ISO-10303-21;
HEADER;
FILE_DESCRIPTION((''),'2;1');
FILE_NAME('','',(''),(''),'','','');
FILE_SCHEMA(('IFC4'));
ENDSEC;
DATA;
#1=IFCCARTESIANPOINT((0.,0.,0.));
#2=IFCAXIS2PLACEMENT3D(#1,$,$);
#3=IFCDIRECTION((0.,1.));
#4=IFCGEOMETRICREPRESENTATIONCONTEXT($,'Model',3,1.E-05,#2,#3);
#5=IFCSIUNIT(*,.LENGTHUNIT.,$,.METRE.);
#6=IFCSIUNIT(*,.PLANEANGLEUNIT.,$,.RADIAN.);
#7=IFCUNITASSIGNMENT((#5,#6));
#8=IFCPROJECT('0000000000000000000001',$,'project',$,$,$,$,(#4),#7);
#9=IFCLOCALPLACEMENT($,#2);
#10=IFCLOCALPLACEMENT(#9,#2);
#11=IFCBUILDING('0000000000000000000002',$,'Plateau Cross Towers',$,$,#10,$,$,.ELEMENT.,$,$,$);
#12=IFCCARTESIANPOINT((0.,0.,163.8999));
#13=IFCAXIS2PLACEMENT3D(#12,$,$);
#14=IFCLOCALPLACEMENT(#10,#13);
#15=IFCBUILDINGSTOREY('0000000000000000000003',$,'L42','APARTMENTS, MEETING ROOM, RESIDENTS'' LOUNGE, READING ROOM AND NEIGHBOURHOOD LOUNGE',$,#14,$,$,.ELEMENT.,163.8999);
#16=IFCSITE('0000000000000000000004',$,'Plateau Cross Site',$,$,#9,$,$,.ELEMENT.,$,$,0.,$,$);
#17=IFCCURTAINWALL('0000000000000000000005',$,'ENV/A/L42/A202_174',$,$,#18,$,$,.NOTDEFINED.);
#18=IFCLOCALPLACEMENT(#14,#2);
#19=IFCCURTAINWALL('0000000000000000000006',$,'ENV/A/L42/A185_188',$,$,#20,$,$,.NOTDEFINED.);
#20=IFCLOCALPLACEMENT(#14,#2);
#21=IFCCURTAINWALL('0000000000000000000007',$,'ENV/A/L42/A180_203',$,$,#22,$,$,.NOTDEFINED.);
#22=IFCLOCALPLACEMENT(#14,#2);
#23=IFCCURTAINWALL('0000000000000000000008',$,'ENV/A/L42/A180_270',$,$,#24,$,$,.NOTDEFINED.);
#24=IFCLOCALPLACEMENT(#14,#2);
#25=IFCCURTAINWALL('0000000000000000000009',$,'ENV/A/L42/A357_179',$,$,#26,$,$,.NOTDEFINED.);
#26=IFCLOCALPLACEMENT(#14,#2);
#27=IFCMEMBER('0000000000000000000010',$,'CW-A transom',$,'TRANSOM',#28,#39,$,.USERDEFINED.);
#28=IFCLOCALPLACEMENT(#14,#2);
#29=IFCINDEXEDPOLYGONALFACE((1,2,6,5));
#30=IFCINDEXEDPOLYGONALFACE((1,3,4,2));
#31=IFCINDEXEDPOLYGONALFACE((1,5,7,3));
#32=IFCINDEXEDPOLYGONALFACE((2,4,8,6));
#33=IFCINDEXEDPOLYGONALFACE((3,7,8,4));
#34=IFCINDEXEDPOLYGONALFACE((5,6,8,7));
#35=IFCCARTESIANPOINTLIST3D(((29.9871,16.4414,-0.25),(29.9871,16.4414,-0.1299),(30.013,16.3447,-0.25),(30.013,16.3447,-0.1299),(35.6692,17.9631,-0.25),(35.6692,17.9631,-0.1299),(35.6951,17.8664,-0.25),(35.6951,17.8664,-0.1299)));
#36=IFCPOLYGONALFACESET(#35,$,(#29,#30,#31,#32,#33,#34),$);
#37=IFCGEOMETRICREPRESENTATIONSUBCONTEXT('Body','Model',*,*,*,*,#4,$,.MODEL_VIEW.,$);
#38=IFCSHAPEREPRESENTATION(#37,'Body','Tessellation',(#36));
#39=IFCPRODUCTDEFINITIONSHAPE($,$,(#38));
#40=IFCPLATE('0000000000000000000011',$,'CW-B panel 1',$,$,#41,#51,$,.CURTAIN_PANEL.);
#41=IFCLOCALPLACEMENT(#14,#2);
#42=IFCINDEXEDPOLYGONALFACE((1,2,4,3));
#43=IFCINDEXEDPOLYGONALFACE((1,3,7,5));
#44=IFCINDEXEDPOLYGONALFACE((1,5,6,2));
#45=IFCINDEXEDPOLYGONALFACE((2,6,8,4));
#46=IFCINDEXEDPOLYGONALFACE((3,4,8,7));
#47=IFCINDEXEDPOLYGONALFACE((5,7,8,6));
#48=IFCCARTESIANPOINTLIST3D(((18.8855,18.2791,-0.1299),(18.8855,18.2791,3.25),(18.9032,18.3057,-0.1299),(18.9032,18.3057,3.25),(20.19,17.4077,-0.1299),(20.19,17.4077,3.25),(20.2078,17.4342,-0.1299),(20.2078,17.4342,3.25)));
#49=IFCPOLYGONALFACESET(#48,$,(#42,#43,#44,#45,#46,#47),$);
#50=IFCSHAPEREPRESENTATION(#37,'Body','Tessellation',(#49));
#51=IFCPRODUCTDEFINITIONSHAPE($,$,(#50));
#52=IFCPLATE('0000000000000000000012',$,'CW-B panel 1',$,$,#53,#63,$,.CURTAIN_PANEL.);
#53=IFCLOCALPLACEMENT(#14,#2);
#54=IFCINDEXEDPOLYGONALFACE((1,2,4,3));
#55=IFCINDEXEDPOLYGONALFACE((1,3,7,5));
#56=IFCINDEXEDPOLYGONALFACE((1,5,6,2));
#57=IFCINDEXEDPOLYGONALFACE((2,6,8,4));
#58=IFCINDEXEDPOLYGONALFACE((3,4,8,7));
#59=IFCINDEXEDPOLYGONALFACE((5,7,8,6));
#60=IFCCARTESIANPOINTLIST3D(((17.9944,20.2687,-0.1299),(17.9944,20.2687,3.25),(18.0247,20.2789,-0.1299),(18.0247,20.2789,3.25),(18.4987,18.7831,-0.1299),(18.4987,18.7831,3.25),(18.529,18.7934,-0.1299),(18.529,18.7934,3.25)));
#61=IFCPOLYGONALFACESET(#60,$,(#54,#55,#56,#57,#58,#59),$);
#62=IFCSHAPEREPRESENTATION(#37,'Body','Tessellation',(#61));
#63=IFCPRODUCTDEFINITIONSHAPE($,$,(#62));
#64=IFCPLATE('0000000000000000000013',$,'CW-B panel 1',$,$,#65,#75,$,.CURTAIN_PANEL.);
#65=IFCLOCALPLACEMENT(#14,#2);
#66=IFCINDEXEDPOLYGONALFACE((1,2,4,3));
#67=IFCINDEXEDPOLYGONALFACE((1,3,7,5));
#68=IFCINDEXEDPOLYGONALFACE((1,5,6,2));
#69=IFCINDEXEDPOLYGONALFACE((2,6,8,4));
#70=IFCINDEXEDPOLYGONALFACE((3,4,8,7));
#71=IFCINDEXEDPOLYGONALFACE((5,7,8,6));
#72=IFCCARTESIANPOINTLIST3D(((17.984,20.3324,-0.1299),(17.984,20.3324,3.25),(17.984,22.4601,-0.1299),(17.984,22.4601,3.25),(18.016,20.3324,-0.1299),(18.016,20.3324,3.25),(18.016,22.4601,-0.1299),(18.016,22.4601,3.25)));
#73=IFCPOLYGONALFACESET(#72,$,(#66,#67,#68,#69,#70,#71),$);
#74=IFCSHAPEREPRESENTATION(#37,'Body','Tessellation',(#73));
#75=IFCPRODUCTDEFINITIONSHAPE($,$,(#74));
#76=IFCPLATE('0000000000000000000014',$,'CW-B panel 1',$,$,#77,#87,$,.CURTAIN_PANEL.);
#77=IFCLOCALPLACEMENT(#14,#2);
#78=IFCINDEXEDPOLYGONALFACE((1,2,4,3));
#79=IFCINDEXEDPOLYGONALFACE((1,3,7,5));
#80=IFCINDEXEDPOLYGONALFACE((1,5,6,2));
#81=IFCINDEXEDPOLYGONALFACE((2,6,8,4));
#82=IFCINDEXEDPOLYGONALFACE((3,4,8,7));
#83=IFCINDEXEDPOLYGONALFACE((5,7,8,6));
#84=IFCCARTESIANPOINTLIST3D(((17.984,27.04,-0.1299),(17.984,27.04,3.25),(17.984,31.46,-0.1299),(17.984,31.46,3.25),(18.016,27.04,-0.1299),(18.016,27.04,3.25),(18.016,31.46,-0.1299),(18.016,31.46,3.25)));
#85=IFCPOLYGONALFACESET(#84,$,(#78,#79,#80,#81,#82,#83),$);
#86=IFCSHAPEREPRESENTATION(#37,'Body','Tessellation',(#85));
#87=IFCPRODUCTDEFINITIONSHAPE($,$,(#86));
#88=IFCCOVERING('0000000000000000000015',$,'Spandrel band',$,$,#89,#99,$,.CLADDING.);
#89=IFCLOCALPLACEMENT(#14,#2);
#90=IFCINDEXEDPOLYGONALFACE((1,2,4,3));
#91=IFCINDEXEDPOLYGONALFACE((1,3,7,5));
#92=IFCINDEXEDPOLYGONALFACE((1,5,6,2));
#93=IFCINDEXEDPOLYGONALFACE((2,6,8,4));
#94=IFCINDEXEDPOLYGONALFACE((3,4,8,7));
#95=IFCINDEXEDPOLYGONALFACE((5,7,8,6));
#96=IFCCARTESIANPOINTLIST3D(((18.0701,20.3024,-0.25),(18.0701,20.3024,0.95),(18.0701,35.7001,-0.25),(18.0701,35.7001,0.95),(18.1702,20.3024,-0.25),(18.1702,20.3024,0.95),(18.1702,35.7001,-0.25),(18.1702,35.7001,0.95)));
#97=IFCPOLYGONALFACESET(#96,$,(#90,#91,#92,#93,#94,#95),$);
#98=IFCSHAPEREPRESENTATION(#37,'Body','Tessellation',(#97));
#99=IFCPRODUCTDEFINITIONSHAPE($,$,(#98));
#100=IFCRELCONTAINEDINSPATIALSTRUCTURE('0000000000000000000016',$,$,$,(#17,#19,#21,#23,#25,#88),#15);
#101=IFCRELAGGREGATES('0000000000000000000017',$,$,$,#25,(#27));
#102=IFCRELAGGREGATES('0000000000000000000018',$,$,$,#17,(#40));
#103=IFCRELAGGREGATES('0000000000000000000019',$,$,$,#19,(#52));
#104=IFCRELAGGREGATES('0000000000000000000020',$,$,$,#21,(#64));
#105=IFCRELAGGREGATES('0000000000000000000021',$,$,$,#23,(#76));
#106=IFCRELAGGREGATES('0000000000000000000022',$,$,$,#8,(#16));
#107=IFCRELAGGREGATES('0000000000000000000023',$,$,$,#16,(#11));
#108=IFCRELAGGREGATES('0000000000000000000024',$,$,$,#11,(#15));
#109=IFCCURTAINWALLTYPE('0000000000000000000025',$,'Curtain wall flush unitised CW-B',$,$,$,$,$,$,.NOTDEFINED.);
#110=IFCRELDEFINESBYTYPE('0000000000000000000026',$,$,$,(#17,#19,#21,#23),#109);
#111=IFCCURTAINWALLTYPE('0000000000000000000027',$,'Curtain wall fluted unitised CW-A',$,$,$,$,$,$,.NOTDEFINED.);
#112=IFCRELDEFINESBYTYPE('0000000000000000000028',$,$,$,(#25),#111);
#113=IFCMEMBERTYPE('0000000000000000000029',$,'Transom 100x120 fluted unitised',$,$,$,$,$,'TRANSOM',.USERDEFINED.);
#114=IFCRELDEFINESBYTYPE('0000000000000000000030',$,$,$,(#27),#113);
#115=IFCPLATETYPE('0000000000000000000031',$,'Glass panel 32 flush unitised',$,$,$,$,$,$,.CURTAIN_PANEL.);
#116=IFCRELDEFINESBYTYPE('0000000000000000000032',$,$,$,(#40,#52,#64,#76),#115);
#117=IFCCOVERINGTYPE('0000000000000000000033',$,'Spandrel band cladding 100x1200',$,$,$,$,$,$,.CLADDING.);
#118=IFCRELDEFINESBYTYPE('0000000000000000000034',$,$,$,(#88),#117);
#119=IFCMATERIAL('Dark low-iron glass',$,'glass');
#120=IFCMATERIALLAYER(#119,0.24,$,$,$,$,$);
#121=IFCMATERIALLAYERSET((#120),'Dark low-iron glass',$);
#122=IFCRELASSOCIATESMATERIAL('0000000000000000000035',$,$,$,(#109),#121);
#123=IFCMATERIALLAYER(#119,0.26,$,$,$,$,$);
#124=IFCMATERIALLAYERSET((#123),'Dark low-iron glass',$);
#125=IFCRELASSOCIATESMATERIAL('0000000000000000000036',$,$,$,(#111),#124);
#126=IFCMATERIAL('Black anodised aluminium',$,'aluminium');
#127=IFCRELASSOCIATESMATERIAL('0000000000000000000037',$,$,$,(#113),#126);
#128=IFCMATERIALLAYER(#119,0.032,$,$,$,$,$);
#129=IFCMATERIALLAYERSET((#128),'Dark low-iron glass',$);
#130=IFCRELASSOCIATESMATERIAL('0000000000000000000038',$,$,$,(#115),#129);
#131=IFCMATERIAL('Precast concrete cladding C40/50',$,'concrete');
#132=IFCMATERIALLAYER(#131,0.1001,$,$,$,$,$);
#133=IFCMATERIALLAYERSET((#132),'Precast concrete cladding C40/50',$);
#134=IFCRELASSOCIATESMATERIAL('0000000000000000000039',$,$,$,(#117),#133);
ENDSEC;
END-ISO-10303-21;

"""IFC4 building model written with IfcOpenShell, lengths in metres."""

from ifc_helpers import new_model, si_unit, direction, frame, origin, origin_2d, place, context, subcontext, project, spatial, rectangle, extrude, material, layer, layer_set, material_profile, profile_set, type_object, element, aggregate, save


model = new_model("IFC4")

# Units and contexts
model_context = context("Model", 3, precision=1e-05, world=origin(), true_north=direction((0.0, 1.0)))
body_context = subcontext(model_context, "Body", "Model", "MODEL_VIEW")
ifc_project = project(units=[si_unit("LENGTHUNIT", "METRE"), si_unit("PLANEANGLEUNIT", "RADIAN")], contexts=[model_context])

# Site, building, storey
site_placement = place(None, origin())
site = spatial("IfcSite", under=ifc_project, at=site_placement, Name="Plateau Cross Site", CompositionType="ELEMENT", RefElevation=0.0)
building_placement = place(site_placement, origin())
building = spatial("IfcBuilding", under=site, at=building_placement, Name="Plateau Cross Towers", CompositionType="ELEMENT")
storey_placement = place(building_placement, frame((0.0, 0.0, 163.8999)))
storey = spatial("IfcBuildingStorey", under=building, at=storey_placement, Name="L42", Description="APARTMENTS, MEETING ROOM, RESIDENTS' LOUNGE, READING ROOM AND NEIGHBOURHOOD LOUNGE", CompositionType="ELEMENT", Elevation=163.8999)

# Curtain wall
ifc_material_1 = material(Name="Dark low-iron glass", Category="glass")
ifc_layer_1 = layer(ifc_material_1, 0.24)
ifc_layer_set_1 = layer_set([ifc_layer_1], Name="Dark low-iron glass")
curtain_wall_type_1 = type_object("IfcCurtainWallType", Name="Curtain wall flush unitised CW-B", PredefinedType="NOTDEFINED", material=ifc_layer_set_1)
curtain_wall_1_placement = place(storey_placement, origin())
curtain_wall_1 = element("IfcCurtainWall", 1, at=curtain_wall_1_placement, inside=storey, type_object=curtain_wall_type_1, Name="ENV/A/L42/A202_174", PredefinedType="NOTDEFINED")
ifc_material_2 = material(Name="Black anodised aluminium", Category="aluminium")

# Curtain wall
curtain_wall_2_placement = place(storey_placement, origin())
curtain_wall_2 = element("IfcCurtainWall", 2, at=curtain_wall_2_placement, inside=storey, type_object=curtain_wall_type_1, Name="ENV/A/L42/A185_188", PredefinedType="NOTDEFINED")

# Curtain walls
curtain_wall_3_placement = place(storey_placement, origin())
curtain_wall_3 = element("IfcCurtainWall", 3, at=curtain_wall_3_placement, inside=storey, type_object=curtain_wall_type_1, Name="ENV/A/L42/A180_203", PredefinedType="NOTDEFINED")
curtain_wall_4_placement = place(storey_placement, origin())
curtain_wall_4 = element("IfcCurtainWall", 4, at=curtain_wall_4_placement, inside=storey, type_object=curtain_wall_type_1, Name="ENV/A/L42/A180_270", PredefinedType="NOTDEFINED")

# Curtain wall
ifc_layer_2 = layer(ifc_material_1, 0.26)
ifc_layer_set_2 = layer_set([ifc_layer_2], Name="Dark low-iron glass")
curtain_wall_type_2 = type_object("IfcCurtainWallType", Name="Curtain wall fluted unitised CW-A", PredefinedType="NOTDEFINED", material=ifc_layer_set_2)
curtain_wall_5_placement = place(storey_placement, origin())
curtain_wall_5 = element("IfcCurtainWall", 5, at=curtain_wall_5_placement, inside=storey, type_object=curtain_wall_type_2, Name="ENV/A/L42/A357_179", PredefinedType="NOTDEFINED")

# Member
ifc_material_profile_1 = material_profile(ifc_material_2, rectangle(XDim=0.1001, YDim=0.1201, at=origin_2d()), Name="TRANSOM 100x120")
ifc_profile_set_1 = profile_set([ifc_material_profile_1], Name="Black anodised aluminium")
member_type_1 = type_object("IfcMemberType", Name="Transom 100x120 fluted unitised", ElementType="TRANSOM", PredefinedType="USERDEFINED", material=ifc_profile_set_1)
member_1_placement = place(storey_placement, frame((35.6821, 17.9148, -0.1899), z_axis=(-0.96596, -0.258693, 0.0), x_axis=(0.258693, -0.96596, 0.0)))
member_1 = element("IfcMember", 6, at=member_1_placement, type_object=member_type_1, Name="CW-A transom", ObjectType="TRANSOM", PredefinedType="USERDEFINED", context=body_context, shape_type="SweptSolid", body=[
    extrude(rectangle(XDim=0.1001, YDim=0.1201, at=origin_2d()), origin(), (0.0, 0.0, 1.0), 5.8823),
])
aggregate(curtain_wall_5, [member_1])

# Plates
ifc_layer_3 = layer(ifc_material_1, 0.032)
ifc_layer_set_3 = layer_set([ifc_layer_3], Name="Dark low-iron glass")
plate_type = type_object("IfcPlateType", Name="Glass panel 32 flush unitised", PredefinedType="CURTAIN_PANEL", material=ifc_layer_set_3)
plate_1_placement = place(storey_placement, frame((19.5466, 17.8567, -0.1299), z_axis=(0.0, 0.0, 1.0), x_axis=(-0.831521, 0.555493, 0.0)))
plate_1 = element("IfcPlate", 7, at=plate_1_placement, type_object=plate_type, Name="CW-B panel 1", PredefinedType="CURTAIN_PANEL", context=body_context, shape_type="SweptSolid", body=[
    extrude(rectangle(XDim=1.5688, YDim=0.032, at=origin_2d()), origin(), (0.0, 0.0, 1.0), 3.3799),
])
aggregate(curtain_wall_1, [plate_1])
plate_2_placement = place(storey_placement, frame((18.2617, 19.531, -0.1299), z_axis=(0.0, 0.0, 1.0), x_axis=(-0.321469, 0.94692, 0.0)))
plate_2 = element("IfcPlate", 8, at=plate_2_placement, type_object=plate_type, Name="CW-B panel 1", PredefinedType="CURTAIN_PANEL", context=body_context, shape_type="SweptSolid", body=[
    extrude(rectangle(XDim=1.5688, YDim=0.032, at=origin_2d()), origin(), (0.0, 0.0, 1.0), 3.3799),
])
aggregate(curtain_wall_2, [plate_2])
plate_3_placement = place(storey_placement, frame((18.0, 21.3962, -0.1299), z_axis=(0.0, 0.0, 1.0), x_axis=(0.0, 1.0, 0.0)))
plate_3 = element("IfcPlate", 9, at=plate_3_placement, type_object=plate_type, Name="CW-B panel 1", PredefinedType="CURTAIN_PANEL", context=body_context, shape_type="SweptSolid", body=[
    extrude(rectangle(XDim=2.1277, YDim=0.032, at=origin_2d()), origin(), (0.0, 0.0, 1.0), 3.3799),
])
aggregate(curtain_wall_3, [plate_3])
plate_4_placement = place(storey_placement, frame((18.0, 29.25, -0.1299), z_axis=(0.0, 0.0, 1.0), x_axis=(0.0, 1.0, 0.0)))
plate_4 = element("IfcPlate", 10, at=plate_4_placement, type_object=plate_type, Name="CW-B panel 1", PredefinedType="CURTAIN_PANEL", context=body_context, shape_type="SweptSolid", body=[
    extrude(rectangle(XDim=4.4199, YDim=0.032, at=origin_2d()), origin(), (0.0, 0.0, 1.0), 3.3799),
])
aggregate(curtain_wall_4, [plate_4])

# Covering
ifc_material_3 = material(Name="Precast concrete cladding C40/50", Category="concrete")
ifc_layer_4 = layer(ifc_material_3, 0.1001)
ifc_layer_set_4 = layer_set([ifc_layer_4], Name="Precast concrete cladding C40/50")
covering_type = type_object("IfcCoveringType", Name="Spandrel band cladding 100x1200", PredefinedType="CLADDING", material=ifc_layer_set_4)
covering_placement = place(storey_placement, frame((18.1201, 28.0012, -0.25), z_axis=(0.0, 0.0, 1.0), x_axis=(0.0, 1.0, 0.0)))
element("IfcCovering", 11, at=covering_placement, inside=storey, type_object=covering_type, Name="Spandrel band", PredefinedType="CLADDING", context=body_context, shape_type="SweptSolid", body=[
    extrude(rectangle(XDim=15.3977, YDim=0.1001, at=origin_2d()), origin(), (0.0, 0.0, 1.0), 1.2),
])

save(model, "model.ifc")
